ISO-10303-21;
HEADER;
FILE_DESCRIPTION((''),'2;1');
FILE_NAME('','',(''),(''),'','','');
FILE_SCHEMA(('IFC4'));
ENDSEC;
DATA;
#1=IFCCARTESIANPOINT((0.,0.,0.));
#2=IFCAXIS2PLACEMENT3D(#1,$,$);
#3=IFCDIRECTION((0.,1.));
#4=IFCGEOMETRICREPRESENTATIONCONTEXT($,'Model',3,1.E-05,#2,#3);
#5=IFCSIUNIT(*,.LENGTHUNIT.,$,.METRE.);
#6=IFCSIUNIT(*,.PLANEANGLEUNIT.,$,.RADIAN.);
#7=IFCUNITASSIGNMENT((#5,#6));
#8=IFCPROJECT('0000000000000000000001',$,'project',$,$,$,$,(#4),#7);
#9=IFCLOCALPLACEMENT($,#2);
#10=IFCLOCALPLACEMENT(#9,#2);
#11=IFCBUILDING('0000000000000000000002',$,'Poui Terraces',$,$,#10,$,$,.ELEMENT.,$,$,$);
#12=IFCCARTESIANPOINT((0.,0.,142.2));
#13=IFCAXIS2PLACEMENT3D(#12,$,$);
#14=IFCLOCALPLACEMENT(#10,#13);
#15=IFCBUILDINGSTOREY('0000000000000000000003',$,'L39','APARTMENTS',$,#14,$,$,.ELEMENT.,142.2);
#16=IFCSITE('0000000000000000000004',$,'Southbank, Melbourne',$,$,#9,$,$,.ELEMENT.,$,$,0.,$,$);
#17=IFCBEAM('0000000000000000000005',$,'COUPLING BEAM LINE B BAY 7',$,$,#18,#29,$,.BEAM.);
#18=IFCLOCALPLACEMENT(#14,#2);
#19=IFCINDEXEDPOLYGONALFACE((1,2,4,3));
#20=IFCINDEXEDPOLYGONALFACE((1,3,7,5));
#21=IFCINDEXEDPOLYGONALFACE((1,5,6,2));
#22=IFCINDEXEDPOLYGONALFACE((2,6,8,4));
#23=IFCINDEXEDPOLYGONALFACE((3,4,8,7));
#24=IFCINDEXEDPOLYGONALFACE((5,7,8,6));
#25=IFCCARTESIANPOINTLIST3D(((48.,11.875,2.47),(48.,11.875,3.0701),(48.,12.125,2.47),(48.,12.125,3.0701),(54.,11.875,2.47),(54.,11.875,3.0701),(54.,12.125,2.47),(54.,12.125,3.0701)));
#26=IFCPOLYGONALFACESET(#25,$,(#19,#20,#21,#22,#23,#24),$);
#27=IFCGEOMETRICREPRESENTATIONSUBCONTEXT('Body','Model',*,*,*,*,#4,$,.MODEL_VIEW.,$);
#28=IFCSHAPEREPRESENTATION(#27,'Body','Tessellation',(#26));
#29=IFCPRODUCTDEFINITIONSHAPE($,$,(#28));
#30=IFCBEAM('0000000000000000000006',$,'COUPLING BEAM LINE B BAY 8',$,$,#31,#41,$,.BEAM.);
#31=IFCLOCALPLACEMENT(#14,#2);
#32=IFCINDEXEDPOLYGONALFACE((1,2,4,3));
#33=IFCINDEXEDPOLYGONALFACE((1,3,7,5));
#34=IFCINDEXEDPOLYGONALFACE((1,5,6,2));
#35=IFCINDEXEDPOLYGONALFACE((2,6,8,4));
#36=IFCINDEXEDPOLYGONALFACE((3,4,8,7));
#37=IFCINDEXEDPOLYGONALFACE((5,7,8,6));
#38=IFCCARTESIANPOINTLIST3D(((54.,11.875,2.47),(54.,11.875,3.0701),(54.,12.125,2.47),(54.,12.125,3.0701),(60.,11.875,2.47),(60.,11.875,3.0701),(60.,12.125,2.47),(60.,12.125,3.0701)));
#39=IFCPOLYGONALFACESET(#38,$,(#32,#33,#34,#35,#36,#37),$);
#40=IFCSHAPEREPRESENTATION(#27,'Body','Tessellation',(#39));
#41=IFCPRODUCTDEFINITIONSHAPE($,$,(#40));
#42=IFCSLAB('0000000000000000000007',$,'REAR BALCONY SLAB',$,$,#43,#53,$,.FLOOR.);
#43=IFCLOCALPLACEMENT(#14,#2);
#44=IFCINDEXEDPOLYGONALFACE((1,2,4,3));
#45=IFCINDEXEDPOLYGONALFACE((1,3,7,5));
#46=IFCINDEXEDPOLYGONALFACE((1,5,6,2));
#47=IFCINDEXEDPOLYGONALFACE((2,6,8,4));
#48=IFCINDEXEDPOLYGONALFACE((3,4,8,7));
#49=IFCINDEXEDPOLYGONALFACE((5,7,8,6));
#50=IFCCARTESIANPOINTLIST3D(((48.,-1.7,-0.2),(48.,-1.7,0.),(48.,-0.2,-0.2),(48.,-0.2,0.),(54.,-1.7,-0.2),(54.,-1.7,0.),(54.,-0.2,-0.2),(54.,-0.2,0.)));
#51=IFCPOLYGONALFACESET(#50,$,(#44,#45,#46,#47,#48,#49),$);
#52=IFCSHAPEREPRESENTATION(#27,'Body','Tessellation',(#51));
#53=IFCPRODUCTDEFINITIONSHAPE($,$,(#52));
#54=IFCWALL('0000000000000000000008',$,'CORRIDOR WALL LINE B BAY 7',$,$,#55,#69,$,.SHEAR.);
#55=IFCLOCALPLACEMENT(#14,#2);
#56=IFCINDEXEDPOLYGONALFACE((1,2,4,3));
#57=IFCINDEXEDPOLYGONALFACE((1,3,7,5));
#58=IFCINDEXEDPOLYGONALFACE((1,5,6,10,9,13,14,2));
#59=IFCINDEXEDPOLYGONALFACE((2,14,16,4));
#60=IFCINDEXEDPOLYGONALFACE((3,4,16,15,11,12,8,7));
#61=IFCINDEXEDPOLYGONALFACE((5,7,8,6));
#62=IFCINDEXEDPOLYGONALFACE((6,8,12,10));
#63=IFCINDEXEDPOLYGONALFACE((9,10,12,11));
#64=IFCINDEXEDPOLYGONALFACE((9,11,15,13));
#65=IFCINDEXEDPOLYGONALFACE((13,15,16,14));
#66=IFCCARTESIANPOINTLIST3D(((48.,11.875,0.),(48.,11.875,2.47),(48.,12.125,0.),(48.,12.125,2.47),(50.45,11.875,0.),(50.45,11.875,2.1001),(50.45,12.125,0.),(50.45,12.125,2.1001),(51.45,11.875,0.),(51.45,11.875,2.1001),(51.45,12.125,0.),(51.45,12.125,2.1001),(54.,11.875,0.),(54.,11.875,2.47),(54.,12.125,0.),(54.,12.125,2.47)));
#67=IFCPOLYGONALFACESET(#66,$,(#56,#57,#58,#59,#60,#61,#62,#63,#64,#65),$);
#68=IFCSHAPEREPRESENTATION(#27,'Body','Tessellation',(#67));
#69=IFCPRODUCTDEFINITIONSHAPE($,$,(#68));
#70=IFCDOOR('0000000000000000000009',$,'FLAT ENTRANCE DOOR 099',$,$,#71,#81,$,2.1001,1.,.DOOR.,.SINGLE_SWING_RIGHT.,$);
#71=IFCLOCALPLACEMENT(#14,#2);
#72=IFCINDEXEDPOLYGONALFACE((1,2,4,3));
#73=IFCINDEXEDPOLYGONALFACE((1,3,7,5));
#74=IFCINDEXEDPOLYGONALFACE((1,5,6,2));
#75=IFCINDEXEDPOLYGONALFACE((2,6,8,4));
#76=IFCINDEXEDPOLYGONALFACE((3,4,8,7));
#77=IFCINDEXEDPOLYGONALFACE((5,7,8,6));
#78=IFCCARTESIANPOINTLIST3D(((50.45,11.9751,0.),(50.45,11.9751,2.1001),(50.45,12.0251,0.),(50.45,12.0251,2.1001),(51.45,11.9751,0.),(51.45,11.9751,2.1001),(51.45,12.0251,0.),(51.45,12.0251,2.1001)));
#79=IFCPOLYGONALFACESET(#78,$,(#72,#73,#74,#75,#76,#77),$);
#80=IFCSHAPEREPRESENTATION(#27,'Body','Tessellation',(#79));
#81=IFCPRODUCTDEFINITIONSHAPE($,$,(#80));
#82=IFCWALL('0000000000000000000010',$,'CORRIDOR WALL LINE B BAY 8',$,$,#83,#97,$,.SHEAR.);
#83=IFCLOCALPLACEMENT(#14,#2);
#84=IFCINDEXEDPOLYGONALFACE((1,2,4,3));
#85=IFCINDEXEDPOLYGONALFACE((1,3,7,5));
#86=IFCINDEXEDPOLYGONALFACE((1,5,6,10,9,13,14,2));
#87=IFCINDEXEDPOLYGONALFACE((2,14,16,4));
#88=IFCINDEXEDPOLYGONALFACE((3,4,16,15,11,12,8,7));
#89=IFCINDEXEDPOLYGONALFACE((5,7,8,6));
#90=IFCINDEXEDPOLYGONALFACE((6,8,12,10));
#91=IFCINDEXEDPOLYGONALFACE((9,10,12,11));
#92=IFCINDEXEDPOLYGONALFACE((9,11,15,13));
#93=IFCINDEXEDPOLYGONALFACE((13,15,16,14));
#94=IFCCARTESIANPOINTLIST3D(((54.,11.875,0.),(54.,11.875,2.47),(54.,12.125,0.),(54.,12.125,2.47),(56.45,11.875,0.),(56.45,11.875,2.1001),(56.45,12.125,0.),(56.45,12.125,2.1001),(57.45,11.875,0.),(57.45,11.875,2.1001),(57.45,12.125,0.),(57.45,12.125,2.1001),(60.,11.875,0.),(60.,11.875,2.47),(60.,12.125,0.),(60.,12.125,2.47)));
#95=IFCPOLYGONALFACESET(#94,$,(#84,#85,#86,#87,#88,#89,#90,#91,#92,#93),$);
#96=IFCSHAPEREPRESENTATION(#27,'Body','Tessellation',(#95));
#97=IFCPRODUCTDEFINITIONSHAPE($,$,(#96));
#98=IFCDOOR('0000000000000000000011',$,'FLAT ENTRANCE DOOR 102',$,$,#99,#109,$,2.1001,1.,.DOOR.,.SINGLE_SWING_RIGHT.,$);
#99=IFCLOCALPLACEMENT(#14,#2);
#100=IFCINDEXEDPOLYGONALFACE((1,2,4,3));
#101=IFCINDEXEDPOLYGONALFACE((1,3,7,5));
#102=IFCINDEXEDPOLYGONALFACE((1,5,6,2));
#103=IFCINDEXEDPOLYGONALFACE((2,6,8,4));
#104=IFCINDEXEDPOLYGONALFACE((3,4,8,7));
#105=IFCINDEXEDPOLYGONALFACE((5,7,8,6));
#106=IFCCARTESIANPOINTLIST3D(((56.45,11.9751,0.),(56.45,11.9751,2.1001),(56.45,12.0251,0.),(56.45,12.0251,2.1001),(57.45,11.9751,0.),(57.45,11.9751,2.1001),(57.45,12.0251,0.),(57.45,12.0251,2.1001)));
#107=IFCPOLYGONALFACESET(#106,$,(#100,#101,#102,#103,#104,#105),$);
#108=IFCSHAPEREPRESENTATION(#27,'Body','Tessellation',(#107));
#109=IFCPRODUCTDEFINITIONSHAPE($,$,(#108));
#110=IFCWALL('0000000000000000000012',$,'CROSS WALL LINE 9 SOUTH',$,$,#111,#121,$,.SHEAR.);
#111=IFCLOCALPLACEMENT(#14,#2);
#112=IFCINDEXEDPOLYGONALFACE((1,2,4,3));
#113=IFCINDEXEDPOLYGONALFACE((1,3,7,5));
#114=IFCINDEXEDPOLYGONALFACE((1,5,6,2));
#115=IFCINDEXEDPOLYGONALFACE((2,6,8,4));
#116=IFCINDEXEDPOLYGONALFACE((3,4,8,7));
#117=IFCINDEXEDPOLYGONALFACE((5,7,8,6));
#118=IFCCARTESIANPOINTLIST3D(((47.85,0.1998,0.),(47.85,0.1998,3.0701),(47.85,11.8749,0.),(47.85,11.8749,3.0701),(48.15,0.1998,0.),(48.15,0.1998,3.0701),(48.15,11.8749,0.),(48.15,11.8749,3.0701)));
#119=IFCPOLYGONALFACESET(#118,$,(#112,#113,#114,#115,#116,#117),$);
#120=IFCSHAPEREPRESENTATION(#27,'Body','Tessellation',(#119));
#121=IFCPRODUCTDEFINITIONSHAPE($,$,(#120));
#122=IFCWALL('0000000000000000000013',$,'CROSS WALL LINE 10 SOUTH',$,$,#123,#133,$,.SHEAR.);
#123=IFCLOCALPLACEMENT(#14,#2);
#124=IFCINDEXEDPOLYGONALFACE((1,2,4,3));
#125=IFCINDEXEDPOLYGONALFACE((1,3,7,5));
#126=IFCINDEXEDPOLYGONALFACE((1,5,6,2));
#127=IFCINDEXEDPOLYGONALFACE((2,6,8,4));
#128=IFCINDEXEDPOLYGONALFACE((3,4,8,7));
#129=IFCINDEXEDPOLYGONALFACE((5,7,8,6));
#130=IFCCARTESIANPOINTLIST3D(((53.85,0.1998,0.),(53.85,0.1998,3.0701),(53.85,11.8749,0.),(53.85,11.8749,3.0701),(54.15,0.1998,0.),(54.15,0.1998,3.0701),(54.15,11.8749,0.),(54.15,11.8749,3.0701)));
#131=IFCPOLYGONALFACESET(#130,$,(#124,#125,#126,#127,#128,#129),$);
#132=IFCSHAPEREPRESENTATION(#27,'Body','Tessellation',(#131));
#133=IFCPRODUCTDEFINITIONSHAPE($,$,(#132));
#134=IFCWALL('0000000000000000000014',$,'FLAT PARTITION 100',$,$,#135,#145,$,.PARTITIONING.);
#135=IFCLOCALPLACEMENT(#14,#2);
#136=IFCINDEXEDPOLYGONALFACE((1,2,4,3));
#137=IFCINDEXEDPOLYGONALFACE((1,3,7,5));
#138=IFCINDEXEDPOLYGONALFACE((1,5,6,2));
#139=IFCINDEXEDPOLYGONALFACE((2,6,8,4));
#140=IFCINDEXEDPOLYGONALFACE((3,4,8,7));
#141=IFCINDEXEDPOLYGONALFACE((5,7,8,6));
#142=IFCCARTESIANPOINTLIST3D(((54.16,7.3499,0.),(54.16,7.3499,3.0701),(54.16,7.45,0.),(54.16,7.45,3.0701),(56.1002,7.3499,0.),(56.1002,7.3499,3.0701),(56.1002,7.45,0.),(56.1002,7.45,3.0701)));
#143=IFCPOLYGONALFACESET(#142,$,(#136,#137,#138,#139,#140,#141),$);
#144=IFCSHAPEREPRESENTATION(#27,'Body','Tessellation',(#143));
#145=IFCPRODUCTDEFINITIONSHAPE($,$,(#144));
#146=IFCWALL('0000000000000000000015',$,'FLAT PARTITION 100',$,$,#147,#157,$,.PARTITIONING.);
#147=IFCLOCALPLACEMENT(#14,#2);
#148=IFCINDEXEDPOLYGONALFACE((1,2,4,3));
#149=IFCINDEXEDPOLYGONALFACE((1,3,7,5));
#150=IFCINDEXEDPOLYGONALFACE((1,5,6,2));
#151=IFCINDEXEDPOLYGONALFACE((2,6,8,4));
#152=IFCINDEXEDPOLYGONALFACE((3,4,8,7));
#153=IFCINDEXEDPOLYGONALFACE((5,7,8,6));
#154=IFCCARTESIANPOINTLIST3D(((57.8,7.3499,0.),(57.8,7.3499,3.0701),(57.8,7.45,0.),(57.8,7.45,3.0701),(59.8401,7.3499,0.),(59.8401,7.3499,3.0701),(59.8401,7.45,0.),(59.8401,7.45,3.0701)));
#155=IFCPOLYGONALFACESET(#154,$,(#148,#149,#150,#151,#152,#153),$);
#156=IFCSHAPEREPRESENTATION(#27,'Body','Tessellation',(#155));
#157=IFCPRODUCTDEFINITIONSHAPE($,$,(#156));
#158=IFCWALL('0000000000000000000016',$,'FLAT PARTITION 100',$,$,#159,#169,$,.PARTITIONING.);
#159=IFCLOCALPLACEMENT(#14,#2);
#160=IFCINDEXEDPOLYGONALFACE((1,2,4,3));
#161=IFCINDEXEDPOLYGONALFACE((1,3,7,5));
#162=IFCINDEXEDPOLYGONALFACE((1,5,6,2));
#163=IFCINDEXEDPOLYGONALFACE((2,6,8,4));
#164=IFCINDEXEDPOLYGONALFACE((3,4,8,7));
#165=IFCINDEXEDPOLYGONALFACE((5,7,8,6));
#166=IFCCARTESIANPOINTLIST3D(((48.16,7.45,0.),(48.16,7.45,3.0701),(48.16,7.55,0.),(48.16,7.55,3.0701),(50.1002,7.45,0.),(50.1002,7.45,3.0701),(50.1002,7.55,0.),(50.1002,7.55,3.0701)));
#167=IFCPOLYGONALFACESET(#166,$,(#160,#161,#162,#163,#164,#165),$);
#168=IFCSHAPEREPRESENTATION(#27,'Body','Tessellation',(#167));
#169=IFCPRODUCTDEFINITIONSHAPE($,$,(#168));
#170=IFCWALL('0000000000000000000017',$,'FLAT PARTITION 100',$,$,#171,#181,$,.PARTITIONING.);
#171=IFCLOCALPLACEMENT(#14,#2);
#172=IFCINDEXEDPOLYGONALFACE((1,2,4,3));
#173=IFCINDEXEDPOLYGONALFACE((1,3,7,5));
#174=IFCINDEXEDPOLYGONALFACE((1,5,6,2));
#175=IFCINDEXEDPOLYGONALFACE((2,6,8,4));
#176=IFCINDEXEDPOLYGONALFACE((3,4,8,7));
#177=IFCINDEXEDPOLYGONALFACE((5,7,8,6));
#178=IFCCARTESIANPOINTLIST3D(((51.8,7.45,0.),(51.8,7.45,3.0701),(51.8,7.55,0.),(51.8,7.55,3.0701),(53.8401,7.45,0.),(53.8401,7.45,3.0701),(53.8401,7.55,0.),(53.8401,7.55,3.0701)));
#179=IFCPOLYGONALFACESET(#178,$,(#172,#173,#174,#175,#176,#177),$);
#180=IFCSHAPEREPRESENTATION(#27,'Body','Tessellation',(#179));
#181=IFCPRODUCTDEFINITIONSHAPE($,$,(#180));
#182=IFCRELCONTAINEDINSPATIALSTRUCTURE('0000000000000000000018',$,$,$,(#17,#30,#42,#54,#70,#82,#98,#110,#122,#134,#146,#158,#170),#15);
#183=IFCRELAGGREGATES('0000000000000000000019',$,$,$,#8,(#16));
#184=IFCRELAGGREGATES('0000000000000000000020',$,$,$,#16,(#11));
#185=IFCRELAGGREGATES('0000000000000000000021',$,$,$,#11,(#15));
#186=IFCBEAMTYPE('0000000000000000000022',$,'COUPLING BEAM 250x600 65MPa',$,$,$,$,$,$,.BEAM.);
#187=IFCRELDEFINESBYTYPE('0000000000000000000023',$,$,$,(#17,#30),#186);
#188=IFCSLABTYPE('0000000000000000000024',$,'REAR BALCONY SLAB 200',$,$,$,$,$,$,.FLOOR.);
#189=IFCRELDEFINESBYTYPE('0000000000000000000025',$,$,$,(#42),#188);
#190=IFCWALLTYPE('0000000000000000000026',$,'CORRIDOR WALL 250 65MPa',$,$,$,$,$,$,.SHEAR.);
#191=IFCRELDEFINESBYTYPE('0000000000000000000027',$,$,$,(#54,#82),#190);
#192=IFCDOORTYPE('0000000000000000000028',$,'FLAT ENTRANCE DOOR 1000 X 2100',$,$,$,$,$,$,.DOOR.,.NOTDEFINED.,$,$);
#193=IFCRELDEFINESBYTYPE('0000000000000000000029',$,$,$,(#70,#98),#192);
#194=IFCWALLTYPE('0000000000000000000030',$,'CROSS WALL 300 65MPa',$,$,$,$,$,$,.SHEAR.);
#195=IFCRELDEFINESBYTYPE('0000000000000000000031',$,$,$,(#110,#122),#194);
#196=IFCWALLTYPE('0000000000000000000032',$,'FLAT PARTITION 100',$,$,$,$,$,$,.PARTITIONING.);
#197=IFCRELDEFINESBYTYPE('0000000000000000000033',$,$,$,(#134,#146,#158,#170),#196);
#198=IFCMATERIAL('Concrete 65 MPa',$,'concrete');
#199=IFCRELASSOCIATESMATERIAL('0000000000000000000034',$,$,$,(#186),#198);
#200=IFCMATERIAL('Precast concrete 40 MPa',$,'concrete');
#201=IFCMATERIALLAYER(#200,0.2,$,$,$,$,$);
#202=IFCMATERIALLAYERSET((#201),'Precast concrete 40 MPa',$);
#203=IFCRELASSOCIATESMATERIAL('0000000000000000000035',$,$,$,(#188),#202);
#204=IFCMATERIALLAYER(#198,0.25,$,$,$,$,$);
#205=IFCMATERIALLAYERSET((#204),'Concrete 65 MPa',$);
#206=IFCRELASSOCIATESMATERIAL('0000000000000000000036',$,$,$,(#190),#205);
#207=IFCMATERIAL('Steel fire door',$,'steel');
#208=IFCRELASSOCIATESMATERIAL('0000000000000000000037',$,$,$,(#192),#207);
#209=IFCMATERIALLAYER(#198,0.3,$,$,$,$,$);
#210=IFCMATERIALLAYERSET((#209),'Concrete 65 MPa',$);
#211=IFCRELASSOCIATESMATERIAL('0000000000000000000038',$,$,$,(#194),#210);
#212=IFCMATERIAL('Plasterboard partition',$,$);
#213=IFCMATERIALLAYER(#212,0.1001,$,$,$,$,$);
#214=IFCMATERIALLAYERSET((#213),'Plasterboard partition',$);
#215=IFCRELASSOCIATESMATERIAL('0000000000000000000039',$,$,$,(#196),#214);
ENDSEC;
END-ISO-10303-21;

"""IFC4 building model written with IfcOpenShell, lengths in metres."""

from ifc_helpers import new_model, si_unit, direction, frame, frame_2d, origin, origin_2d, place, context, subcontext, project, spatial, polyline, rectangle, outline, extrude, source, transform, mapped, material, layer, layer_set, material_profile, profile_set, type_object, element, fill, save


model = new_model("IFC4")

# Units and contexts
model_context = context("Model", 3, precision=1e-05, world=origin(), true_north=direction((0.0, 1.0)))
body_context = subcontext(model_context, "Body", "Model", "MODEL_VIEW")
ifc_project = project(units=[si_unit("LENGTHUNIT", "METRE"), si_unit("PLANEANGLEUNIT", "RADIAN")], contexts=[model_context])

# Site, building, storey
site_placement = place(None, origin())
site = spatial("IfcSite", under=ifc_project, at=site_placement, Name="Southbank, Melbourne", CompositionType="ELEMENT", RefElevation=0.0)
building_placement = place(site_placement, origin())
building = spatial("IfcBuilding", under=site, at=building_placement, Name="Poui Terraces", CompositionType="ELEMENT")
storey_placement = place(building_placement, frame((0.0, 0.0, 142.2)))
storey = spatial("IfcBuildingStorey", under=building, at=storey_placement, Name="L39", Description="APARTMENTS", CompositionType="ELEMENT", Elevation=142.2)

# Beams
ifc_material_1 = material(Name="Concrete 65 MPa", Category="concrete")
ifc_material_profile_1 = material_profile(ifc_material_1, rectangle(XDim=0.25, YDim=0.6001, at=origin_2d()), Name="RC 250x600")
ifc_profile_set_1 = profile_set([ifc_material_profile_1], Name="Concrete 65 MPa")
beam_type = type_object("IfcBeamType", Name="COUPLING BEAM 250x600 65MPa", PredefinedType="BEAM", material=ifc_profile_set_1)
shared_shape_1 = source(origin(), body_context, "Body", "SweptSolid", [
    extrude(rectangle(XDim=0.25, YDim=0.6001, at=origin_2d()), origin(), (0.0, 0.0, 1.0), 6.0),
])
for number, where, z_axis, x_axis, name in (
    (1, (48.0, 12.0, 2.77), (1.0, 0.0, 0.0), (0.0, 1.0, 0.0), "COUPLING BEAM LINE B BAY 7"),
    (2, (54.0, 12.0, 2.77), (1.0, 0.0, 0.0), (0.0, 1.0, 0.0), "COUPLING BEAM LINE B BAY 8"),
):
    element("IfcBeam", number, at=place(storey_placement, frame(where, z_axis=z_axis, x_axis=x_axis)), inside=storey, type_object=beam_type, Name=name, PredefinedType="BEAM", context=body_context, shape_type="MappedRepresentation", body=[
        mapped(shared_shape_1, transform((0.0, 0.0, 0.0))),
    ])

# Slab
ifc_material_2 = material(Name="Precast concrete 40 MPa", Category="concrete")
ifc_layer_1 = layer(ifc_material_2, 0.2)
ifc_layer_set_1 = layer_set([ifc_layer_1], Name="Precast concrete 40 MPa")
slab_type = type_object("IfcSlabType", Name="REAR BALCONY SLAB 200", PredefinedType="FLOOR", material=ifc_layer_set_1)
shared_shape_2 = source(origin(), body_context, "Body", "SweptSolid", [
    extrude(outline(polyline([(0.0, 0.0), (6.0, 0.0), (6.0, 1.5), (0.0, 1.5), (0.0, 0.0)])), origin(), (0.0, 0.0, 1.0), 0.2),
])
slab_placement = place(storey_placement, frame((48.0, -1.7, -0.2)))
element("IfcSlab", 3, at=slab_placement, inside=storey, type_object=slab_type, Name="REAR BALCONY SLAB", PredefinedType="FLOOR", context=body_context, shape_type="MappedRepresentation", body=[
    mapped(shared_shape_2, transform((0.0, 0.0, 0.0))),
])

# Walls, openings, doors
ifc_layer_2 = layer(ifc_material_1, 0.25)
ifc_layer_set_2 = layer_set([ifc_layer_2], Name="Concrete 65 MPa")
wall_type_1 = type_object("IfcWallType", Name="CORRIDOR WALL 250 65MPa", PredefinedType="SHEAR", material=ifc_layer_set_2)
wall_1_placement = place(storey_placement, frame((48.0, 12.0, 0.0), z_axis=(0.0, 0.0, 1.0), x_axis=(1.0, 0.0, 0.0)))
wall_1 = element("IfcWall", 4, at=wall_1_placement, inside=storey, type_object=wall_type_1, Name="CORRIDOR WALL LINE B BAY 7", PredefinedType="SHEAR", context=body_context, shape_type="SweptSolid", body=[
    extrude(rectangle(XDim=6.0, YDim=0.25, at=frame_2d((3.0, 0.0))), origin(), (0.0, 0.0, 1.0), 2.47),
])
opening_1_placement = place(wall_1_placement, frame((2.45, 0.0, 0.0)))
opening_1 = element("IfcOpeningElement", 5, at=opening_1_placement, cuts=wall_1, PredefinedType="OPENING", context=body_context, shape_type="SweptSolid", body=[
    extrude(rectangle(XDim=1.0, YDim=2.1001, at=frame_2d((0.5, 1.05))), frame((0.0, 0.135, 0.0), z_axis=(0.0, -1.0, 0.0), x_axis=(1.0, 0.0, 0.0)), (0.0, 0.0, 1.0), 0.27),
])
ifc_material_3 = material(Name="Steel fire door", Category="steel")
door_type_1 = type_object("IfcDoorType", Name="FLAT ENTRANCE DOOR 1000 X 2100", OperationType="NOTDEFINED", PredefinedType="DOOR", material=ifc_material_3)
door_1_placement = place(opening_1_placement, frame((1.0, 0.0, 0.0), z_axis=(0.0, 0.0, 1.0), x_axis=(-1.0, 0.0, 0.0)))
door_1 = element("IfcDoor", 6, at=door_1_placement, inside=storey, type_object=door_type_1, Name="FLAT ENTRANCE DOOR 099", OperationType="SINGLE_SWING_RIGHT", OverallHeight=2.1001, OverallWidth=1.0, PredefinedType="DOOR", context=body_context, shape_type="SweptSolid", body=[
    extrude(rectangle(XDim=1.0, YDim=2.1001, at=frame_2d((0.5, 1.05))), frame((0.0, 0.0249, 0.0), z_axis=(0.0, -1.0, 0.0), x_axis=(1.0, 0.0, 0.0)), (0.0, 0.0, 1.0), 0.05),
])
fill(opening_1, door_1)
wall_2_placement = place(storey_placement, frame((54.0, 12.0, 0.0), z_axis=(0.0, 0.0, 1.0), x_axis=(1.0, 0.0, 0.0)))
wall_2 = element("IfcWall", 7, at=wall_2_placement, inside=storey, type_object=wall_type_1, Name="CORRIDOR WALL LINE B BAY 8", PredefinedType="SHEAR", context=body_context, shape_type="SweptSolid", body=[
    extrude(rectangle(XDim=6.0, YDim=0.25, at=frame_2d((3.0, 0.0))), origin(), (0.0, 0.0, 1.0), 2.47),
])
opening_2_placement = place(wall_2_placement, frame((2.45, 0.0, 0.0)))
opening_2 = element("IfcOpeningElement", 8, at=opening_2_placement, cuts=wall_2, PredefinedType="OPENING", context=body_context, shape_type="SweptSolid", body=[
    extrude(rectangle(XDim=1.0, YDim=2.1001, at=frame_2d((0.5, 1.05))), frame((0.0, 0.135, 0.0), z_axis=(0.0, -1.0, 0.0), x_axis=(1.0, 0.0, 0.0)), (0.0, 0.0, 1.0), 0.27),
])
door_2_placement = place(opening_2_placement, frame((1.0, 0.0, 0.0), z_axis=(0.0, 0.0, 1.0), x_axis=(-1.0, 0.0, 0.0)))
door_2 = element("IfcDoor", 9, at=door_2_placement, inside=storey, type_object=door_type_1, Name="FLAT ENTRANCE DOOR 102", OperationType="SINGLE_SWING_RIGHT", OverallHeight=2.1001, OverallWidth=1.0, PredefinedType="DOOR", context=body_context, shape_type="SweptSolid", body=[
    extrude(rectangle(XDim=1.0, YDim=2.1001, at=frame_2d((0.5, 1.05))), frame((0.0, 0.0249, 0.0), z_axis=(0.0, -1.0, 0.0), x_axis=(1.0, 0.0, 0.0)), (0.0, 0.0, 1.0), 0.05),
])
fill(opening_2, door_2)

# Walls
ifc_layer_3 = layer(ifc_material_1, 0.3)
ifc_layer_set_3 = layer_set([ifc_layer_3], Name="Concrete 65 MPa")
wall_type_2 = type_object("IfcWallType", Name="CROSS WALL 300 65MPa", PredefinedType="SHEAR", material=ifc_layer_set_3)
for number, where, z_axis, x_axis, name in (
    (10, (48.0, 0.2, 0.0), (0.0, 0.0, 1.0), (0.0, 1.0, 0.0), "CROSS WALL LINE 9 SOUTH"),
    (11, (54.0, 0.2, 0.0), (0.0, 0.0, 1.0), (0.0, 1.0, 0.0), "CROSS WALL LINE 10 SOUTH"),
):
    element("IfcWall", number, at=place(storey_placement, frame(where, z_axis=z_axis, x_axis=x_axis)), inside=storey, type_object=wall_type_2, Name=name, PredefinedType="SHEAR", context=body_context, shape_type="SweptSolid", body=[
        extrude(rectangle(XDim=11.675, YDim=0.3, at=frame_2d((5.8374, 0.0))), origin(), (0.0, 0.0, 1.0), 3.0701),
    ])
ifc_material_4 = material(Name="Plasterboard partition")
ifc_layer_4 = layer(ifc_material_4, 0.1001)
ifc_layer_set_4 = layer_set([ifc_layer_4], Name="Plasterboard partition")
wall_type_3 = type_object("IfcWallType", Name="FLAT PARTITION 100", PredefinedType="PARTITIONING", material=ifc_layer_set_4)
wall_3_placement = place(storey_placement, frame((54.1599, 7.3999, 0.0), z_axis=(0.0, 0.0, 1.0), x_axis=(1.0, 0.0, 0.0)))
element("IfcWall", 12, at=wall_3_placement, inside=storey, type_object=wall_type_3, Name="FLAT PARTITION 100", PredefinedType="PARTITIONING", context=body_context, shape_type="SweptSolid", body=[
    extrude(rectangle(XDim=1.9402, YDim=0.1001, at=frame_2d((0.9702, 0.0))), origin(), (0.0, 0.0, 1.0), 3.0701),
])
wall_4_placement = place(storey_placement, frame((57.8, 7.3999, 0.0), z_axis=(0.0, 0.0, 1.0), x_axis=(1.0, 0.0, 0.0)))
element("IfcWall", 13, at=wall_4_placement, inside=storey, type_object=wall_type_3, Name="FLAT PARTITION 100", PredefinedType="PARTITIONING", context=body_context, shape_type="SweptSolid", body=[
    extrude(rectangle(XDim=2.04, YDim=0.1001, at=frame_2d((1.02, 0.0))), origin(), (0.0, 0.0, 1.0), 3.0701),
])
wall_5_placement = place(storey_placement, frame((48.1599, 7.5, 0.0), z_axis=(0.0, 0.0, 1.0), x_axis=(1.0, 0.0, 0.0)))
element("IfcWall", 14, at=wall_5_placement, inside=storey, type_object=wall_type_3, Name="FLAT PARTITION 100", PredefinedType="PARTITIONING", context=body_context, shape_type="SweptSolid", body=[
    extrude(rectangle(XDim=1.9402, YDim=0.1001, at=frame_2d((0.9702, 0.0))), origin(), (0.0, 0.0, 1.0), 3.0701),
])
wall_6_placement = place(storey_placement, frame((51.8, 7.5, 0.0), z_axis=(0.0, 0.0, 1.0), x_axis=(1.0, 0.0, 0.0)))
element("IfcWall", 15, at=wall_6_placement, inside=storey, type_object=wall_type_3, Name="FLAT PARTITION 100", PredefinedType="PARTITIONING", context=body_context, shape_type="SweptSolid", body=[
    extrude(rectangle(XDim=2.04, YDim=0.1001, at=frame_2d((1.02, 0.0))), origin(), (0.0, 0.0, 1.0), 3.0701),
])

save(model, "model.ifc")
